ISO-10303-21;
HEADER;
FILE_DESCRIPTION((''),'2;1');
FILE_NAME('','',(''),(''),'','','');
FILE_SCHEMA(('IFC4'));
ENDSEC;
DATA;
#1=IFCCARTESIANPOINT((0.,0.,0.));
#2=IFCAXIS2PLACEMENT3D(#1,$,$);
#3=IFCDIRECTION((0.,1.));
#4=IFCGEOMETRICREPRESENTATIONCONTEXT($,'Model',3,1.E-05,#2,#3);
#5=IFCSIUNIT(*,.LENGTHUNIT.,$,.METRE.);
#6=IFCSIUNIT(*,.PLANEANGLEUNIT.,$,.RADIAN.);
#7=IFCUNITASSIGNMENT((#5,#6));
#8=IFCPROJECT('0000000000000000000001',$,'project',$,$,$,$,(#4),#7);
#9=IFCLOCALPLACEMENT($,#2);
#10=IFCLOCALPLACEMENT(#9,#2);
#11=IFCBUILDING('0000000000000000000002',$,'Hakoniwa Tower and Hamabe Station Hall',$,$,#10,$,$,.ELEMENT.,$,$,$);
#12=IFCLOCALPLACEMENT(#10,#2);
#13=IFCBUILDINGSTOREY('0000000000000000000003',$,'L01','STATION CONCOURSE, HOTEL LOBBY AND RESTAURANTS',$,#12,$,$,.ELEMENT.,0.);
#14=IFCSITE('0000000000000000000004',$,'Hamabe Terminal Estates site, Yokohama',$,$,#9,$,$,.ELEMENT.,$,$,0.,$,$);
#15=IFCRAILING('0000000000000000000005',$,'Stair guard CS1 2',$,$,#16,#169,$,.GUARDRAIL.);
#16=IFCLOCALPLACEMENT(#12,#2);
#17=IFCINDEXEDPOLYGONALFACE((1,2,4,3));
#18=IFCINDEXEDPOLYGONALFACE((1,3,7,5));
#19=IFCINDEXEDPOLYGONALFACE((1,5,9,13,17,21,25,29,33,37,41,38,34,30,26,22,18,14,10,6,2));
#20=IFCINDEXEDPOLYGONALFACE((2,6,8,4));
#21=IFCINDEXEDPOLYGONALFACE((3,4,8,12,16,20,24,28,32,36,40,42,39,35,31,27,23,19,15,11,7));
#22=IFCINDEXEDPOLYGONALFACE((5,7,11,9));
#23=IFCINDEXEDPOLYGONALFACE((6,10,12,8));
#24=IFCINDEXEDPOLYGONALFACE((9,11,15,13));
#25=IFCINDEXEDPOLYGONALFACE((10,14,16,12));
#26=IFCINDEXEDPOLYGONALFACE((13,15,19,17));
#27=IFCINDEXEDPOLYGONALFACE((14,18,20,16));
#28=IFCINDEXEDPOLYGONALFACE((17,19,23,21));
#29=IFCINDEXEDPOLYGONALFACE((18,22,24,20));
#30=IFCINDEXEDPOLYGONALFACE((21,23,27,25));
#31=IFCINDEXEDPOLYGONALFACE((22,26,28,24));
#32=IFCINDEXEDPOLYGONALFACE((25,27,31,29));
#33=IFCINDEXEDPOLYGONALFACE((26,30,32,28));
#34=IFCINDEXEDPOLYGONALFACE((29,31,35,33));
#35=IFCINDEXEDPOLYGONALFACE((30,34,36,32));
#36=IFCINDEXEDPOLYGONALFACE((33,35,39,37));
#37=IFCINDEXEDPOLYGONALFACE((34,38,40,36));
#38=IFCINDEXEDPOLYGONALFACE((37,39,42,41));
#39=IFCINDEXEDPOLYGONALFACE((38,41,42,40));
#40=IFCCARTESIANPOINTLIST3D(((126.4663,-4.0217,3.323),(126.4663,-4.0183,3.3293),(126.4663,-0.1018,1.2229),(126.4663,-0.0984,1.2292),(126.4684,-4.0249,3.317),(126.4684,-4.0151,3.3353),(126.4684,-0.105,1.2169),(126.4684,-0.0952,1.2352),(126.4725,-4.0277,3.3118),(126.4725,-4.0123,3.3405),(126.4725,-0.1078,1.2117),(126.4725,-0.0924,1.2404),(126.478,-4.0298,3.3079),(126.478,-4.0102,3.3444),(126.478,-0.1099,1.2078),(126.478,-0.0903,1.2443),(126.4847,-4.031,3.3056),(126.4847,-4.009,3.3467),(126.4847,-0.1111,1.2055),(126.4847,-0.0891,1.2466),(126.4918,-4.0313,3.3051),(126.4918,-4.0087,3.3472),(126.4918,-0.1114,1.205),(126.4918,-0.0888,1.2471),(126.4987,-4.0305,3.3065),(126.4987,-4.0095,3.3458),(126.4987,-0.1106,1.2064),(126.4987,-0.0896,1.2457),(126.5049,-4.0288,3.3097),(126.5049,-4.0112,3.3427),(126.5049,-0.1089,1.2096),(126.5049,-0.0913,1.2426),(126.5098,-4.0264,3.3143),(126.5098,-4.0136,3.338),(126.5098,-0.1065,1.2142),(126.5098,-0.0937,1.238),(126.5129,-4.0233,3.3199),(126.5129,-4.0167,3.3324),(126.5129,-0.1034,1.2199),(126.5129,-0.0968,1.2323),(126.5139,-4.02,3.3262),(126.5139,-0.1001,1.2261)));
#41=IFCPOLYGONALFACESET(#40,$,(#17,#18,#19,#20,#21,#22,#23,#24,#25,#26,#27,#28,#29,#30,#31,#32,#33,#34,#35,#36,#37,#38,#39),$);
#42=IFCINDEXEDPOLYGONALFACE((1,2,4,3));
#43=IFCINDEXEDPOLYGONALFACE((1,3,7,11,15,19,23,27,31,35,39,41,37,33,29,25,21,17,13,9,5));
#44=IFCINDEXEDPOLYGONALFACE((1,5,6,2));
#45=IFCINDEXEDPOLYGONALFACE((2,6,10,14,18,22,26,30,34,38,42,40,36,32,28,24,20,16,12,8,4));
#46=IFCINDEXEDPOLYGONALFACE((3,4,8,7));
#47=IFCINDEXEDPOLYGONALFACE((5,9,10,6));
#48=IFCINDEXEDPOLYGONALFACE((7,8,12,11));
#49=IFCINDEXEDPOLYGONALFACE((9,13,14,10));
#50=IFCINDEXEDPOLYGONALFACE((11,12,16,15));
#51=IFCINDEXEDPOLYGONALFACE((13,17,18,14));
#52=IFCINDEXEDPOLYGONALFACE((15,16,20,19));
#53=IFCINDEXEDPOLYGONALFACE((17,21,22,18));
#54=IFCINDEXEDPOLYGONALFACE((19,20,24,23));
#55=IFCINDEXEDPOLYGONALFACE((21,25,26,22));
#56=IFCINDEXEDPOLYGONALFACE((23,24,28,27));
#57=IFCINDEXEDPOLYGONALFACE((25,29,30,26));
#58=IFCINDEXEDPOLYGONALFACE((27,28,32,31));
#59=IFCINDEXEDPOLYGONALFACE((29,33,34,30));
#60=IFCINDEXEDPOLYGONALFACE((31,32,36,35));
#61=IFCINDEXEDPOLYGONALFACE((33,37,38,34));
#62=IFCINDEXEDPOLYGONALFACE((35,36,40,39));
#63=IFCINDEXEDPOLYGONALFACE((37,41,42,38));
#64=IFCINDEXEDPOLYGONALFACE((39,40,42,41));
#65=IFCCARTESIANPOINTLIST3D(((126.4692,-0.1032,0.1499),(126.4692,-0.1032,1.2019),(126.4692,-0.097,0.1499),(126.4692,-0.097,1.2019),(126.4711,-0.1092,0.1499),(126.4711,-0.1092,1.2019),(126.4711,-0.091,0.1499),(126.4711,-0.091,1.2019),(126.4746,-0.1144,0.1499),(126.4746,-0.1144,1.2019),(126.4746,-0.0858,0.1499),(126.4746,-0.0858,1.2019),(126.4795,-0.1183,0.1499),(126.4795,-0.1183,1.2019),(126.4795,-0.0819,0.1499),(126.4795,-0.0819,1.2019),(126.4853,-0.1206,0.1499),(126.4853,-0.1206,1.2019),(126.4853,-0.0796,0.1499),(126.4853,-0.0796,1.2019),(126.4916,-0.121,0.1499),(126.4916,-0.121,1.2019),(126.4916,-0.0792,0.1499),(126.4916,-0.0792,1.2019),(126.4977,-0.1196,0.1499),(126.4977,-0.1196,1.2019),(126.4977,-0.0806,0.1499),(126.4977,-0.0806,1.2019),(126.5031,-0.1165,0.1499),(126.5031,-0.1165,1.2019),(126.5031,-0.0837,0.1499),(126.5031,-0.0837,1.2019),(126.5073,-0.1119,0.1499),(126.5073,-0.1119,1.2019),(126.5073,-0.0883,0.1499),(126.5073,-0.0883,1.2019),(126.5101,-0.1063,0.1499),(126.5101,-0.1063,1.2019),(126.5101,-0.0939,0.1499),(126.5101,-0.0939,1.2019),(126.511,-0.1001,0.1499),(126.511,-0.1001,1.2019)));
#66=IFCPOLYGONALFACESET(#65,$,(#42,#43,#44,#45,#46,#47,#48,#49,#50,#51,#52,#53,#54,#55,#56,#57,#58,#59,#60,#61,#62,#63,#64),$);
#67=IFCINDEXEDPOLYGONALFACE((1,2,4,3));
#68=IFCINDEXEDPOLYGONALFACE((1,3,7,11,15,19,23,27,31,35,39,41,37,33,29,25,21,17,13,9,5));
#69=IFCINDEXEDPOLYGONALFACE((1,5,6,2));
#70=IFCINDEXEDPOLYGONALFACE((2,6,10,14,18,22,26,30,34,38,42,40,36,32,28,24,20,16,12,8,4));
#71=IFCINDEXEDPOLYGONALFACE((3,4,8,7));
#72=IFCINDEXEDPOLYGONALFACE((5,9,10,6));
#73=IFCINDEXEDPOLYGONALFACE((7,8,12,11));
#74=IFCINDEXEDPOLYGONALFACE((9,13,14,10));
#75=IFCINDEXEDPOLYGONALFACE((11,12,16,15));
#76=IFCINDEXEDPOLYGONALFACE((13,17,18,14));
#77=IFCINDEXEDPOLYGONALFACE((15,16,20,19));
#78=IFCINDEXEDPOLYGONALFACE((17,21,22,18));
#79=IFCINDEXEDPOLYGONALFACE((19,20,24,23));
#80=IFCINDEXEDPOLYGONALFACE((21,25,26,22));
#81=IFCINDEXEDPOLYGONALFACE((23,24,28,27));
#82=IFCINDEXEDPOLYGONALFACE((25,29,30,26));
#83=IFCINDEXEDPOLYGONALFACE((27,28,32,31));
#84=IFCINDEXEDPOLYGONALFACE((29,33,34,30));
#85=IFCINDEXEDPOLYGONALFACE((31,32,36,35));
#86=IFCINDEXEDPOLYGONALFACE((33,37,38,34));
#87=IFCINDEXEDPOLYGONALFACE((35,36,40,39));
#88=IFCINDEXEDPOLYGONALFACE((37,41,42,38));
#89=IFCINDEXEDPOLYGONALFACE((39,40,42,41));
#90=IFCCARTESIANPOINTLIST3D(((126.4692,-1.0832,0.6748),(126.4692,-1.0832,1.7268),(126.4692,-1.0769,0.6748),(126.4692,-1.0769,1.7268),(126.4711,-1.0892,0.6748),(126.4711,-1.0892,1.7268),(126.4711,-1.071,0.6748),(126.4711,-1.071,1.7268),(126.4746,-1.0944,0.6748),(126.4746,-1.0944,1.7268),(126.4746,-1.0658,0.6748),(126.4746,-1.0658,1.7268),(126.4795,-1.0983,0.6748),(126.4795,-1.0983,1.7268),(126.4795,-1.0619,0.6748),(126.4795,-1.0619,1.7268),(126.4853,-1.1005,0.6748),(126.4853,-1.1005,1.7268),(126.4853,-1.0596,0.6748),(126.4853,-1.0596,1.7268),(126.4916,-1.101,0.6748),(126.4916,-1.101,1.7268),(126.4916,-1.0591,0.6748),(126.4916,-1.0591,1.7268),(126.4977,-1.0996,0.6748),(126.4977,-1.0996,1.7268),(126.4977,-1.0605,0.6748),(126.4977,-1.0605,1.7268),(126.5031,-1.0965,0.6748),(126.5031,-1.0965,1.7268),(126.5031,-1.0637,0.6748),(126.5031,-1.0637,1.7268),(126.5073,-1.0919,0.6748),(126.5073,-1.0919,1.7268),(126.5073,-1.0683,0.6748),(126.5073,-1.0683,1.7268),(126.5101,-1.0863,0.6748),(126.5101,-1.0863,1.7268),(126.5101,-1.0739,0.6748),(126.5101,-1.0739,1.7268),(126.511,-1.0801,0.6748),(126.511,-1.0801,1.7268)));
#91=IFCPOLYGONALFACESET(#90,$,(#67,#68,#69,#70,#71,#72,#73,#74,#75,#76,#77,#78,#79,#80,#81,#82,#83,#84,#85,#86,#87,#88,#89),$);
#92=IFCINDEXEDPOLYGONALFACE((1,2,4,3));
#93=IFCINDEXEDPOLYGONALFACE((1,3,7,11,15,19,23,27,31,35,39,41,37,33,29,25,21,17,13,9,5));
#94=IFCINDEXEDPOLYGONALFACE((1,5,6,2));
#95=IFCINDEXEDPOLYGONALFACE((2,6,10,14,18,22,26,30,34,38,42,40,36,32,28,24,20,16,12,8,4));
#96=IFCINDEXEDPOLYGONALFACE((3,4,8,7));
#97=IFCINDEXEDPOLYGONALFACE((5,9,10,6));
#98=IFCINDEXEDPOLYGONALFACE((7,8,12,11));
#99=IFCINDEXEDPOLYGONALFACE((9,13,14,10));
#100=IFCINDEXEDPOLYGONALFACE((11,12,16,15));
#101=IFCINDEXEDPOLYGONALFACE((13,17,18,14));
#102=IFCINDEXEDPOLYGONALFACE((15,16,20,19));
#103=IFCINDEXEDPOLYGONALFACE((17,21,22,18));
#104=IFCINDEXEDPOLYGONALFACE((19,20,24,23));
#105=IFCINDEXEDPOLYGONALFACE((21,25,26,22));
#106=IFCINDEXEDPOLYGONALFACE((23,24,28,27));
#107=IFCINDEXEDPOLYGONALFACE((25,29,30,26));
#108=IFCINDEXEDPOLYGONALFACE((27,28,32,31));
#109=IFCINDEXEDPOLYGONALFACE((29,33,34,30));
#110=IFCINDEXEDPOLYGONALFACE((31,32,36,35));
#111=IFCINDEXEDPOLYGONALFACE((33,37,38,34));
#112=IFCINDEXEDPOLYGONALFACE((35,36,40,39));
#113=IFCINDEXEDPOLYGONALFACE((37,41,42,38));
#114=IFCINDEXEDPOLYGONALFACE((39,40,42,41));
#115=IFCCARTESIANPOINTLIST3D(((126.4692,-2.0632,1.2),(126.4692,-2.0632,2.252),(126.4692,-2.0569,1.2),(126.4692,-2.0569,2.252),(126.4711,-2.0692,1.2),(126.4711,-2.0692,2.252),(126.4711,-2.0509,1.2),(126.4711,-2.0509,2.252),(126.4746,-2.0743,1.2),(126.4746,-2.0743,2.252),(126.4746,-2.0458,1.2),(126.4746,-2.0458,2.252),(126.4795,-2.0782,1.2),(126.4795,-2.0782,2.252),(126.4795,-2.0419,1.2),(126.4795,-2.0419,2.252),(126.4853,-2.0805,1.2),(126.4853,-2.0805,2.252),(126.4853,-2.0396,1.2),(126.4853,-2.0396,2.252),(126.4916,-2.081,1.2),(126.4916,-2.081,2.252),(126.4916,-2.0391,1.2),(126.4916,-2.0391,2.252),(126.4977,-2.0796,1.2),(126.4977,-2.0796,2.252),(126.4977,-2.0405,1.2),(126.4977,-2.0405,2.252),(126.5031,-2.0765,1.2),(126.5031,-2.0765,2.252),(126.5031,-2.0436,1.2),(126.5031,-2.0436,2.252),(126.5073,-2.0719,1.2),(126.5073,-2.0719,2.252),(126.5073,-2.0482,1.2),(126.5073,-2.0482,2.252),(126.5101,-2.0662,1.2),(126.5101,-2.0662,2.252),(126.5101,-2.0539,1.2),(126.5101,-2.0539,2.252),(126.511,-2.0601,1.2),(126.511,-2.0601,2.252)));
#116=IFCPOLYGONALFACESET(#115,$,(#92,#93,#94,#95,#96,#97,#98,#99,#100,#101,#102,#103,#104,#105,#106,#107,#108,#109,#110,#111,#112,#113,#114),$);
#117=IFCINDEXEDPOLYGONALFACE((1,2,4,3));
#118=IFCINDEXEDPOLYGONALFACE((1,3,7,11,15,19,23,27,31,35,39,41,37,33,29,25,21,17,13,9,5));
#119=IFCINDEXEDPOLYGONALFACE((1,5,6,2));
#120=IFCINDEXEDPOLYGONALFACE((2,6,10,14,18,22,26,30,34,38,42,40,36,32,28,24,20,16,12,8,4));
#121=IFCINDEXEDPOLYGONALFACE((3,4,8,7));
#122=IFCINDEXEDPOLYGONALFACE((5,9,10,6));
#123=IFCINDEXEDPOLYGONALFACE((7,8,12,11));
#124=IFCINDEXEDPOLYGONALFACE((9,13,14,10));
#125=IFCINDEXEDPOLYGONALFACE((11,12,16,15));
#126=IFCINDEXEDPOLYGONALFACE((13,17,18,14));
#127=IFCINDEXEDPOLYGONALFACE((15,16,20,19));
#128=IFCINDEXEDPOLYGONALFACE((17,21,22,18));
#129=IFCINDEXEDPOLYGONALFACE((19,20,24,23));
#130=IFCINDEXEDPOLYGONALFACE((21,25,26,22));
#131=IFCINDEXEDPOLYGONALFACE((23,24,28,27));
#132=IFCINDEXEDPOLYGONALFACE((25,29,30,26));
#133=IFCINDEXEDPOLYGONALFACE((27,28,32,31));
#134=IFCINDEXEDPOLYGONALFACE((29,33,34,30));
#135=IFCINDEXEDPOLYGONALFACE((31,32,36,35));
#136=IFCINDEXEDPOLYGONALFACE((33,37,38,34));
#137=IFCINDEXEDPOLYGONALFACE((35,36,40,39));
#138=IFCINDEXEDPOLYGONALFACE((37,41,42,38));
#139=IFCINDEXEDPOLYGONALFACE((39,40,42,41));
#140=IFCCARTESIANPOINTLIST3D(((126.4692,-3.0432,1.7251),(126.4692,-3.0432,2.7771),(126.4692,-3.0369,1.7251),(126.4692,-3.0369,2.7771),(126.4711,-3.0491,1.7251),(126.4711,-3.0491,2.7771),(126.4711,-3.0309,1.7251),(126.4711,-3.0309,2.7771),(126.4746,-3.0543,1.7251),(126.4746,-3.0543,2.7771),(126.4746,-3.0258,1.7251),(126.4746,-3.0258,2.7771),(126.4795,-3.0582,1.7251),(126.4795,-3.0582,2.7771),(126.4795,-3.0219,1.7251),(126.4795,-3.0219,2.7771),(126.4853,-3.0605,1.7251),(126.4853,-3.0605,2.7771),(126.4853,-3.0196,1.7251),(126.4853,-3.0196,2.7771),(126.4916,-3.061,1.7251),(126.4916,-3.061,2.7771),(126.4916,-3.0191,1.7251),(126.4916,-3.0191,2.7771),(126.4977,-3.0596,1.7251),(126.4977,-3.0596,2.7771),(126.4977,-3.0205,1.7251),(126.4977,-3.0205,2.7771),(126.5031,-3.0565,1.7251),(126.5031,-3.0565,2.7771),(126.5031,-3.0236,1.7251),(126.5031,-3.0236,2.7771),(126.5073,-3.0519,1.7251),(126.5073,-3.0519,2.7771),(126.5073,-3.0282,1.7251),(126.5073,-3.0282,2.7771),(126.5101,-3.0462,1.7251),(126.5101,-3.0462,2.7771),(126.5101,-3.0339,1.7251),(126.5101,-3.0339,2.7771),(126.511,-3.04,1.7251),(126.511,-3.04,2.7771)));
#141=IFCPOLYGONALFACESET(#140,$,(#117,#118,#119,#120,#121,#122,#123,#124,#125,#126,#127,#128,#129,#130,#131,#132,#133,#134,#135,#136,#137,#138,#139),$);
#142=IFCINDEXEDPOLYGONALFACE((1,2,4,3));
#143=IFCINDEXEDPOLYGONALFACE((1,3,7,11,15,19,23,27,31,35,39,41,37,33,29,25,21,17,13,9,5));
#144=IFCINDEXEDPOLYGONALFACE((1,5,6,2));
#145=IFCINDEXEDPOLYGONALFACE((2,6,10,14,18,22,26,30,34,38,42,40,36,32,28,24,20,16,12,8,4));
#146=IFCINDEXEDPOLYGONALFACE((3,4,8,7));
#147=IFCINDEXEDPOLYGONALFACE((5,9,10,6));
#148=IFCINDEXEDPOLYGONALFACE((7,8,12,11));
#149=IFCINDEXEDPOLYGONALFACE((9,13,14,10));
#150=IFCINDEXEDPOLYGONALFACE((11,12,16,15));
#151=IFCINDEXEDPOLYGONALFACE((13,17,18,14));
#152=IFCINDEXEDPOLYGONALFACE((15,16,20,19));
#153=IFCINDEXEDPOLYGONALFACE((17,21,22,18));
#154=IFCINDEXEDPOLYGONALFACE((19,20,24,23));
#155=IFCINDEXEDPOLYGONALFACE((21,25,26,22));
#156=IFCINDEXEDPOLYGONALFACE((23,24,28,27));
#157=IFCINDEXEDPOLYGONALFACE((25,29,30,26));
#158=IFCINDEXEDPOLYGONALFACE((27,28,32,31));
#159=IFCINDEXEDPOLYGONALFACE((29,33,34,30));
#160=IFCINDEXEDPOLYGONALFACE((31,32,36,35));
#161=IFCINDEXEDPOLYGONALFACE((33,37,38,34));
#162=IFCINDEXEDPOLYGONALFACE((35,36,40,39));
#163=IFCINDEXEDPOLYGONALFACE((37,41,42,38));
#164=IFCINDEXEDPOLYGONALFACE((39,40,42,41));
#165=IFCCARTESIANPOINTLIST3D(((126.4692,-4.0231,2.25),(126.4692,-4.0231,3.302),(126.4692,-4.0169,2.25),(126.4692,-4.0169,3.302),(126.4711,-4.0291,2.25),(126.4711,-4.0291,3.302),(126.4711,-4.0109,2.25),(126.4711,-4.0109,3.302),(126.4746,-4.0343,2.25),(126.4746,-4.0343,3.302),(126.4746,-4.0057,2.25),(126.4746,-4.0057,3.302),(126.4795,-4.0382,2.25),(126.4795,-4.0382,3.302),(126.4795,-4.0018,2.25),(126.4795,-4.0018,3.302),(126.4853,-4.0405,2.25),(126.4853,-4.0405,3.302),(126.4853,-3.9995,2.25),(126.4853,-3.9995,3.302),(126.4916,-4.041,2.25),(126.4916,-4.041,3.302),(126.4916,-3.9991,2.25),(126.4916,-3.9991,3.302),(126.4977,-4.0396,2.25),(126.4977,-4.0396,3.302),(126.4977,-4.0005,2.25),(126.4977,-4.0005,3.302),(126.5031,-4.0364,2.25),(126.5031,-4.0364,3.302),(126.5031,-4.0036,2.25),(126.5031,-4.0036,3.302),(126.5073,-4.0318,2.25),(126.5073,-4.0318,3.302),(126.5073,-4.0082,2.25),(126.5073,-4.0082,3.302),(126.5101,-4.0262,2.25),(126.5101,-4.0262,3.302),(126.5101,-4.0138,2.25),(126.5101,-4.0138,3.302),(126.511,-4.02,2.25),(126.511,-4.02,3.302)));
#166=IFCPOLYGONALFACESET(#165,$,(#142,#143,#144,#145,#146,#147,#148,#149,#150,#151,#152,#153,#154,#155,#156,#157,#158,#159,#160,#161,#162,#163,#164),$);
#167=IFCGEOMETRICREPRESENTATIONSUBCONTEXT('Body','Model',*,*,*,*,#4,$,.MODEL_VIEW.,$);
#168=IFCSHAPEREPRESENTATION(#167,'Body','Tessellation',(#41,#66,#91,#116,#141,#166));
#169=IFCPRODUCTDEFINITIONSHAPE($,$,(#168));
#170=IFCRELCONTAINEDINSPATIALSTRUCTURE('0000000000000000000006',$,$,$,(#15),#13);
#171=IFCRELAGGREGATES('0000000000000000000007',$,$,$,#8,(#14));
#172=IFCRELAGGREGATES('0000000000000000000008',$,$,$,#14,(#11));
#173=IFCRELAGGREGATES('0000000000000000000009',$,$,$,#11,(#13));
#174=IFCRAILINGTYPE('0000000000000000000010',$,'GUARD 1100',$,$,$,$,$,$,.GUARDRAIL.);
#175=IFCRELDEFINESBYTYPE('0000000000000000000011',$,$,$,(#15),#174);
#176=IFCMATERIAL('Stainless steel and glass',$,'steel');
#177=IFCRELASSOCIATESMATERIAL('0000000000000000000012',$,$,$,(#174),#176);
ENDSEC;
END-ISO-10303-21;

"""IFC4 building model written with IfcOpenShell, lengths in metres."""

from ifc_helpers import new_model, si_unit, direction, frame, origin, origin_2d, place, context, subcontext, project, spatial, circle, extrude, material, type_object, element, save


model = new_model("IFC4")

# Units and contexts
model_context = context("Model", 3, precision=1e-05, world=origin(), true_north=direction((0.0, 1.0)))
body_context = subcontext(model_context, "Body", "Model", "MODEL_VIEW")
ifc_project = project(units=[si_unit("LENGTHUNIT", "METRE"), si_unit("PLANEANGLEUNIT", "RADIAN")], contexts=[model_context])

# Site, building, storey
site_placement = place(None, origin())
site = spatial("IfcSite", under=ifc_project, at=site_placement, Name="Hamabe Terminal Estates site, Yokohama", CompositionType="ELEMENT", RefElevation=0.0)
building_placement = place(site_placement, origin())
building = spatial("IfcBuilding", under=site, at=building_placement, Name="Hakoniwa Tower and Hamabe Station Hall", CompositionType="ELEMENT")
storey_placement = place(building_placement, origin())
storey = spatial("IfcBuildingStorey", under=building, at=storey_placement, Name="L01", Description="STATION CONCOURSE, HOTEL LOBBY AND RESTAURANTS", CompositionType="ELEMENT", Elevation=0.0)

# Railing
ifc_material_1 = material(Name="Stainless steel and glass", Category="steel")
railing_type_1 = type_object("IfcRailingType", Name="GUARD 1100", PredefinedType="GUARDRAIL", material=ifc_material_1)
for number, where, name in (
    (1, (126.49, -0.1001, 0.1499), "Stair guard CS1 2"),
):
    element("IfcRailing", number, at=place(storey_placement, frame(where)), inside=storey, type_object=railing_type_1, Name=name, PredefinedType="GUARDRAIL", context=body_context, shape_type="SweptSolid", body=[
        extrude(circle(Radius=0.0239, at=origin_2d()), frame((0.0, 0.0, 1.0762), z_axis=(0.0, -0.881467, 0.472246), x_axis=(1.0, 0.0, 0.0)), (0.0, 0.0, 1.0), 4.447),
        extrude(circle(Radius=0.021, at=origin_2d()), origin(), (0.0, 0.0, 1.0), 1.052),
        extrude(circle(Radius=0.021, at=origin_2d()), frame((0.0, -0.98, 0.5249)), (0.0, 0.0, 1.0), 1.052),
        extrude(circle(Radius=0.021, at=origin_2d()), frame((0.0, -1.96, 1.05)), (0.0, 0.0, 1.0), 1.052),
        extrude(circle(Radius=0.021, at=origin_2d()), frame((0.0, -2.9399, 1.5752)), (0.0, 0.0, 1.0), 1.052),
        extrude(circle(Radius=0.021, at=origin_2d()), frame((0.0, -3.9199, 2.1001)), (0.0, 0.0, 1.0), 1.052),
    ])

save(model, "model.ifc")
